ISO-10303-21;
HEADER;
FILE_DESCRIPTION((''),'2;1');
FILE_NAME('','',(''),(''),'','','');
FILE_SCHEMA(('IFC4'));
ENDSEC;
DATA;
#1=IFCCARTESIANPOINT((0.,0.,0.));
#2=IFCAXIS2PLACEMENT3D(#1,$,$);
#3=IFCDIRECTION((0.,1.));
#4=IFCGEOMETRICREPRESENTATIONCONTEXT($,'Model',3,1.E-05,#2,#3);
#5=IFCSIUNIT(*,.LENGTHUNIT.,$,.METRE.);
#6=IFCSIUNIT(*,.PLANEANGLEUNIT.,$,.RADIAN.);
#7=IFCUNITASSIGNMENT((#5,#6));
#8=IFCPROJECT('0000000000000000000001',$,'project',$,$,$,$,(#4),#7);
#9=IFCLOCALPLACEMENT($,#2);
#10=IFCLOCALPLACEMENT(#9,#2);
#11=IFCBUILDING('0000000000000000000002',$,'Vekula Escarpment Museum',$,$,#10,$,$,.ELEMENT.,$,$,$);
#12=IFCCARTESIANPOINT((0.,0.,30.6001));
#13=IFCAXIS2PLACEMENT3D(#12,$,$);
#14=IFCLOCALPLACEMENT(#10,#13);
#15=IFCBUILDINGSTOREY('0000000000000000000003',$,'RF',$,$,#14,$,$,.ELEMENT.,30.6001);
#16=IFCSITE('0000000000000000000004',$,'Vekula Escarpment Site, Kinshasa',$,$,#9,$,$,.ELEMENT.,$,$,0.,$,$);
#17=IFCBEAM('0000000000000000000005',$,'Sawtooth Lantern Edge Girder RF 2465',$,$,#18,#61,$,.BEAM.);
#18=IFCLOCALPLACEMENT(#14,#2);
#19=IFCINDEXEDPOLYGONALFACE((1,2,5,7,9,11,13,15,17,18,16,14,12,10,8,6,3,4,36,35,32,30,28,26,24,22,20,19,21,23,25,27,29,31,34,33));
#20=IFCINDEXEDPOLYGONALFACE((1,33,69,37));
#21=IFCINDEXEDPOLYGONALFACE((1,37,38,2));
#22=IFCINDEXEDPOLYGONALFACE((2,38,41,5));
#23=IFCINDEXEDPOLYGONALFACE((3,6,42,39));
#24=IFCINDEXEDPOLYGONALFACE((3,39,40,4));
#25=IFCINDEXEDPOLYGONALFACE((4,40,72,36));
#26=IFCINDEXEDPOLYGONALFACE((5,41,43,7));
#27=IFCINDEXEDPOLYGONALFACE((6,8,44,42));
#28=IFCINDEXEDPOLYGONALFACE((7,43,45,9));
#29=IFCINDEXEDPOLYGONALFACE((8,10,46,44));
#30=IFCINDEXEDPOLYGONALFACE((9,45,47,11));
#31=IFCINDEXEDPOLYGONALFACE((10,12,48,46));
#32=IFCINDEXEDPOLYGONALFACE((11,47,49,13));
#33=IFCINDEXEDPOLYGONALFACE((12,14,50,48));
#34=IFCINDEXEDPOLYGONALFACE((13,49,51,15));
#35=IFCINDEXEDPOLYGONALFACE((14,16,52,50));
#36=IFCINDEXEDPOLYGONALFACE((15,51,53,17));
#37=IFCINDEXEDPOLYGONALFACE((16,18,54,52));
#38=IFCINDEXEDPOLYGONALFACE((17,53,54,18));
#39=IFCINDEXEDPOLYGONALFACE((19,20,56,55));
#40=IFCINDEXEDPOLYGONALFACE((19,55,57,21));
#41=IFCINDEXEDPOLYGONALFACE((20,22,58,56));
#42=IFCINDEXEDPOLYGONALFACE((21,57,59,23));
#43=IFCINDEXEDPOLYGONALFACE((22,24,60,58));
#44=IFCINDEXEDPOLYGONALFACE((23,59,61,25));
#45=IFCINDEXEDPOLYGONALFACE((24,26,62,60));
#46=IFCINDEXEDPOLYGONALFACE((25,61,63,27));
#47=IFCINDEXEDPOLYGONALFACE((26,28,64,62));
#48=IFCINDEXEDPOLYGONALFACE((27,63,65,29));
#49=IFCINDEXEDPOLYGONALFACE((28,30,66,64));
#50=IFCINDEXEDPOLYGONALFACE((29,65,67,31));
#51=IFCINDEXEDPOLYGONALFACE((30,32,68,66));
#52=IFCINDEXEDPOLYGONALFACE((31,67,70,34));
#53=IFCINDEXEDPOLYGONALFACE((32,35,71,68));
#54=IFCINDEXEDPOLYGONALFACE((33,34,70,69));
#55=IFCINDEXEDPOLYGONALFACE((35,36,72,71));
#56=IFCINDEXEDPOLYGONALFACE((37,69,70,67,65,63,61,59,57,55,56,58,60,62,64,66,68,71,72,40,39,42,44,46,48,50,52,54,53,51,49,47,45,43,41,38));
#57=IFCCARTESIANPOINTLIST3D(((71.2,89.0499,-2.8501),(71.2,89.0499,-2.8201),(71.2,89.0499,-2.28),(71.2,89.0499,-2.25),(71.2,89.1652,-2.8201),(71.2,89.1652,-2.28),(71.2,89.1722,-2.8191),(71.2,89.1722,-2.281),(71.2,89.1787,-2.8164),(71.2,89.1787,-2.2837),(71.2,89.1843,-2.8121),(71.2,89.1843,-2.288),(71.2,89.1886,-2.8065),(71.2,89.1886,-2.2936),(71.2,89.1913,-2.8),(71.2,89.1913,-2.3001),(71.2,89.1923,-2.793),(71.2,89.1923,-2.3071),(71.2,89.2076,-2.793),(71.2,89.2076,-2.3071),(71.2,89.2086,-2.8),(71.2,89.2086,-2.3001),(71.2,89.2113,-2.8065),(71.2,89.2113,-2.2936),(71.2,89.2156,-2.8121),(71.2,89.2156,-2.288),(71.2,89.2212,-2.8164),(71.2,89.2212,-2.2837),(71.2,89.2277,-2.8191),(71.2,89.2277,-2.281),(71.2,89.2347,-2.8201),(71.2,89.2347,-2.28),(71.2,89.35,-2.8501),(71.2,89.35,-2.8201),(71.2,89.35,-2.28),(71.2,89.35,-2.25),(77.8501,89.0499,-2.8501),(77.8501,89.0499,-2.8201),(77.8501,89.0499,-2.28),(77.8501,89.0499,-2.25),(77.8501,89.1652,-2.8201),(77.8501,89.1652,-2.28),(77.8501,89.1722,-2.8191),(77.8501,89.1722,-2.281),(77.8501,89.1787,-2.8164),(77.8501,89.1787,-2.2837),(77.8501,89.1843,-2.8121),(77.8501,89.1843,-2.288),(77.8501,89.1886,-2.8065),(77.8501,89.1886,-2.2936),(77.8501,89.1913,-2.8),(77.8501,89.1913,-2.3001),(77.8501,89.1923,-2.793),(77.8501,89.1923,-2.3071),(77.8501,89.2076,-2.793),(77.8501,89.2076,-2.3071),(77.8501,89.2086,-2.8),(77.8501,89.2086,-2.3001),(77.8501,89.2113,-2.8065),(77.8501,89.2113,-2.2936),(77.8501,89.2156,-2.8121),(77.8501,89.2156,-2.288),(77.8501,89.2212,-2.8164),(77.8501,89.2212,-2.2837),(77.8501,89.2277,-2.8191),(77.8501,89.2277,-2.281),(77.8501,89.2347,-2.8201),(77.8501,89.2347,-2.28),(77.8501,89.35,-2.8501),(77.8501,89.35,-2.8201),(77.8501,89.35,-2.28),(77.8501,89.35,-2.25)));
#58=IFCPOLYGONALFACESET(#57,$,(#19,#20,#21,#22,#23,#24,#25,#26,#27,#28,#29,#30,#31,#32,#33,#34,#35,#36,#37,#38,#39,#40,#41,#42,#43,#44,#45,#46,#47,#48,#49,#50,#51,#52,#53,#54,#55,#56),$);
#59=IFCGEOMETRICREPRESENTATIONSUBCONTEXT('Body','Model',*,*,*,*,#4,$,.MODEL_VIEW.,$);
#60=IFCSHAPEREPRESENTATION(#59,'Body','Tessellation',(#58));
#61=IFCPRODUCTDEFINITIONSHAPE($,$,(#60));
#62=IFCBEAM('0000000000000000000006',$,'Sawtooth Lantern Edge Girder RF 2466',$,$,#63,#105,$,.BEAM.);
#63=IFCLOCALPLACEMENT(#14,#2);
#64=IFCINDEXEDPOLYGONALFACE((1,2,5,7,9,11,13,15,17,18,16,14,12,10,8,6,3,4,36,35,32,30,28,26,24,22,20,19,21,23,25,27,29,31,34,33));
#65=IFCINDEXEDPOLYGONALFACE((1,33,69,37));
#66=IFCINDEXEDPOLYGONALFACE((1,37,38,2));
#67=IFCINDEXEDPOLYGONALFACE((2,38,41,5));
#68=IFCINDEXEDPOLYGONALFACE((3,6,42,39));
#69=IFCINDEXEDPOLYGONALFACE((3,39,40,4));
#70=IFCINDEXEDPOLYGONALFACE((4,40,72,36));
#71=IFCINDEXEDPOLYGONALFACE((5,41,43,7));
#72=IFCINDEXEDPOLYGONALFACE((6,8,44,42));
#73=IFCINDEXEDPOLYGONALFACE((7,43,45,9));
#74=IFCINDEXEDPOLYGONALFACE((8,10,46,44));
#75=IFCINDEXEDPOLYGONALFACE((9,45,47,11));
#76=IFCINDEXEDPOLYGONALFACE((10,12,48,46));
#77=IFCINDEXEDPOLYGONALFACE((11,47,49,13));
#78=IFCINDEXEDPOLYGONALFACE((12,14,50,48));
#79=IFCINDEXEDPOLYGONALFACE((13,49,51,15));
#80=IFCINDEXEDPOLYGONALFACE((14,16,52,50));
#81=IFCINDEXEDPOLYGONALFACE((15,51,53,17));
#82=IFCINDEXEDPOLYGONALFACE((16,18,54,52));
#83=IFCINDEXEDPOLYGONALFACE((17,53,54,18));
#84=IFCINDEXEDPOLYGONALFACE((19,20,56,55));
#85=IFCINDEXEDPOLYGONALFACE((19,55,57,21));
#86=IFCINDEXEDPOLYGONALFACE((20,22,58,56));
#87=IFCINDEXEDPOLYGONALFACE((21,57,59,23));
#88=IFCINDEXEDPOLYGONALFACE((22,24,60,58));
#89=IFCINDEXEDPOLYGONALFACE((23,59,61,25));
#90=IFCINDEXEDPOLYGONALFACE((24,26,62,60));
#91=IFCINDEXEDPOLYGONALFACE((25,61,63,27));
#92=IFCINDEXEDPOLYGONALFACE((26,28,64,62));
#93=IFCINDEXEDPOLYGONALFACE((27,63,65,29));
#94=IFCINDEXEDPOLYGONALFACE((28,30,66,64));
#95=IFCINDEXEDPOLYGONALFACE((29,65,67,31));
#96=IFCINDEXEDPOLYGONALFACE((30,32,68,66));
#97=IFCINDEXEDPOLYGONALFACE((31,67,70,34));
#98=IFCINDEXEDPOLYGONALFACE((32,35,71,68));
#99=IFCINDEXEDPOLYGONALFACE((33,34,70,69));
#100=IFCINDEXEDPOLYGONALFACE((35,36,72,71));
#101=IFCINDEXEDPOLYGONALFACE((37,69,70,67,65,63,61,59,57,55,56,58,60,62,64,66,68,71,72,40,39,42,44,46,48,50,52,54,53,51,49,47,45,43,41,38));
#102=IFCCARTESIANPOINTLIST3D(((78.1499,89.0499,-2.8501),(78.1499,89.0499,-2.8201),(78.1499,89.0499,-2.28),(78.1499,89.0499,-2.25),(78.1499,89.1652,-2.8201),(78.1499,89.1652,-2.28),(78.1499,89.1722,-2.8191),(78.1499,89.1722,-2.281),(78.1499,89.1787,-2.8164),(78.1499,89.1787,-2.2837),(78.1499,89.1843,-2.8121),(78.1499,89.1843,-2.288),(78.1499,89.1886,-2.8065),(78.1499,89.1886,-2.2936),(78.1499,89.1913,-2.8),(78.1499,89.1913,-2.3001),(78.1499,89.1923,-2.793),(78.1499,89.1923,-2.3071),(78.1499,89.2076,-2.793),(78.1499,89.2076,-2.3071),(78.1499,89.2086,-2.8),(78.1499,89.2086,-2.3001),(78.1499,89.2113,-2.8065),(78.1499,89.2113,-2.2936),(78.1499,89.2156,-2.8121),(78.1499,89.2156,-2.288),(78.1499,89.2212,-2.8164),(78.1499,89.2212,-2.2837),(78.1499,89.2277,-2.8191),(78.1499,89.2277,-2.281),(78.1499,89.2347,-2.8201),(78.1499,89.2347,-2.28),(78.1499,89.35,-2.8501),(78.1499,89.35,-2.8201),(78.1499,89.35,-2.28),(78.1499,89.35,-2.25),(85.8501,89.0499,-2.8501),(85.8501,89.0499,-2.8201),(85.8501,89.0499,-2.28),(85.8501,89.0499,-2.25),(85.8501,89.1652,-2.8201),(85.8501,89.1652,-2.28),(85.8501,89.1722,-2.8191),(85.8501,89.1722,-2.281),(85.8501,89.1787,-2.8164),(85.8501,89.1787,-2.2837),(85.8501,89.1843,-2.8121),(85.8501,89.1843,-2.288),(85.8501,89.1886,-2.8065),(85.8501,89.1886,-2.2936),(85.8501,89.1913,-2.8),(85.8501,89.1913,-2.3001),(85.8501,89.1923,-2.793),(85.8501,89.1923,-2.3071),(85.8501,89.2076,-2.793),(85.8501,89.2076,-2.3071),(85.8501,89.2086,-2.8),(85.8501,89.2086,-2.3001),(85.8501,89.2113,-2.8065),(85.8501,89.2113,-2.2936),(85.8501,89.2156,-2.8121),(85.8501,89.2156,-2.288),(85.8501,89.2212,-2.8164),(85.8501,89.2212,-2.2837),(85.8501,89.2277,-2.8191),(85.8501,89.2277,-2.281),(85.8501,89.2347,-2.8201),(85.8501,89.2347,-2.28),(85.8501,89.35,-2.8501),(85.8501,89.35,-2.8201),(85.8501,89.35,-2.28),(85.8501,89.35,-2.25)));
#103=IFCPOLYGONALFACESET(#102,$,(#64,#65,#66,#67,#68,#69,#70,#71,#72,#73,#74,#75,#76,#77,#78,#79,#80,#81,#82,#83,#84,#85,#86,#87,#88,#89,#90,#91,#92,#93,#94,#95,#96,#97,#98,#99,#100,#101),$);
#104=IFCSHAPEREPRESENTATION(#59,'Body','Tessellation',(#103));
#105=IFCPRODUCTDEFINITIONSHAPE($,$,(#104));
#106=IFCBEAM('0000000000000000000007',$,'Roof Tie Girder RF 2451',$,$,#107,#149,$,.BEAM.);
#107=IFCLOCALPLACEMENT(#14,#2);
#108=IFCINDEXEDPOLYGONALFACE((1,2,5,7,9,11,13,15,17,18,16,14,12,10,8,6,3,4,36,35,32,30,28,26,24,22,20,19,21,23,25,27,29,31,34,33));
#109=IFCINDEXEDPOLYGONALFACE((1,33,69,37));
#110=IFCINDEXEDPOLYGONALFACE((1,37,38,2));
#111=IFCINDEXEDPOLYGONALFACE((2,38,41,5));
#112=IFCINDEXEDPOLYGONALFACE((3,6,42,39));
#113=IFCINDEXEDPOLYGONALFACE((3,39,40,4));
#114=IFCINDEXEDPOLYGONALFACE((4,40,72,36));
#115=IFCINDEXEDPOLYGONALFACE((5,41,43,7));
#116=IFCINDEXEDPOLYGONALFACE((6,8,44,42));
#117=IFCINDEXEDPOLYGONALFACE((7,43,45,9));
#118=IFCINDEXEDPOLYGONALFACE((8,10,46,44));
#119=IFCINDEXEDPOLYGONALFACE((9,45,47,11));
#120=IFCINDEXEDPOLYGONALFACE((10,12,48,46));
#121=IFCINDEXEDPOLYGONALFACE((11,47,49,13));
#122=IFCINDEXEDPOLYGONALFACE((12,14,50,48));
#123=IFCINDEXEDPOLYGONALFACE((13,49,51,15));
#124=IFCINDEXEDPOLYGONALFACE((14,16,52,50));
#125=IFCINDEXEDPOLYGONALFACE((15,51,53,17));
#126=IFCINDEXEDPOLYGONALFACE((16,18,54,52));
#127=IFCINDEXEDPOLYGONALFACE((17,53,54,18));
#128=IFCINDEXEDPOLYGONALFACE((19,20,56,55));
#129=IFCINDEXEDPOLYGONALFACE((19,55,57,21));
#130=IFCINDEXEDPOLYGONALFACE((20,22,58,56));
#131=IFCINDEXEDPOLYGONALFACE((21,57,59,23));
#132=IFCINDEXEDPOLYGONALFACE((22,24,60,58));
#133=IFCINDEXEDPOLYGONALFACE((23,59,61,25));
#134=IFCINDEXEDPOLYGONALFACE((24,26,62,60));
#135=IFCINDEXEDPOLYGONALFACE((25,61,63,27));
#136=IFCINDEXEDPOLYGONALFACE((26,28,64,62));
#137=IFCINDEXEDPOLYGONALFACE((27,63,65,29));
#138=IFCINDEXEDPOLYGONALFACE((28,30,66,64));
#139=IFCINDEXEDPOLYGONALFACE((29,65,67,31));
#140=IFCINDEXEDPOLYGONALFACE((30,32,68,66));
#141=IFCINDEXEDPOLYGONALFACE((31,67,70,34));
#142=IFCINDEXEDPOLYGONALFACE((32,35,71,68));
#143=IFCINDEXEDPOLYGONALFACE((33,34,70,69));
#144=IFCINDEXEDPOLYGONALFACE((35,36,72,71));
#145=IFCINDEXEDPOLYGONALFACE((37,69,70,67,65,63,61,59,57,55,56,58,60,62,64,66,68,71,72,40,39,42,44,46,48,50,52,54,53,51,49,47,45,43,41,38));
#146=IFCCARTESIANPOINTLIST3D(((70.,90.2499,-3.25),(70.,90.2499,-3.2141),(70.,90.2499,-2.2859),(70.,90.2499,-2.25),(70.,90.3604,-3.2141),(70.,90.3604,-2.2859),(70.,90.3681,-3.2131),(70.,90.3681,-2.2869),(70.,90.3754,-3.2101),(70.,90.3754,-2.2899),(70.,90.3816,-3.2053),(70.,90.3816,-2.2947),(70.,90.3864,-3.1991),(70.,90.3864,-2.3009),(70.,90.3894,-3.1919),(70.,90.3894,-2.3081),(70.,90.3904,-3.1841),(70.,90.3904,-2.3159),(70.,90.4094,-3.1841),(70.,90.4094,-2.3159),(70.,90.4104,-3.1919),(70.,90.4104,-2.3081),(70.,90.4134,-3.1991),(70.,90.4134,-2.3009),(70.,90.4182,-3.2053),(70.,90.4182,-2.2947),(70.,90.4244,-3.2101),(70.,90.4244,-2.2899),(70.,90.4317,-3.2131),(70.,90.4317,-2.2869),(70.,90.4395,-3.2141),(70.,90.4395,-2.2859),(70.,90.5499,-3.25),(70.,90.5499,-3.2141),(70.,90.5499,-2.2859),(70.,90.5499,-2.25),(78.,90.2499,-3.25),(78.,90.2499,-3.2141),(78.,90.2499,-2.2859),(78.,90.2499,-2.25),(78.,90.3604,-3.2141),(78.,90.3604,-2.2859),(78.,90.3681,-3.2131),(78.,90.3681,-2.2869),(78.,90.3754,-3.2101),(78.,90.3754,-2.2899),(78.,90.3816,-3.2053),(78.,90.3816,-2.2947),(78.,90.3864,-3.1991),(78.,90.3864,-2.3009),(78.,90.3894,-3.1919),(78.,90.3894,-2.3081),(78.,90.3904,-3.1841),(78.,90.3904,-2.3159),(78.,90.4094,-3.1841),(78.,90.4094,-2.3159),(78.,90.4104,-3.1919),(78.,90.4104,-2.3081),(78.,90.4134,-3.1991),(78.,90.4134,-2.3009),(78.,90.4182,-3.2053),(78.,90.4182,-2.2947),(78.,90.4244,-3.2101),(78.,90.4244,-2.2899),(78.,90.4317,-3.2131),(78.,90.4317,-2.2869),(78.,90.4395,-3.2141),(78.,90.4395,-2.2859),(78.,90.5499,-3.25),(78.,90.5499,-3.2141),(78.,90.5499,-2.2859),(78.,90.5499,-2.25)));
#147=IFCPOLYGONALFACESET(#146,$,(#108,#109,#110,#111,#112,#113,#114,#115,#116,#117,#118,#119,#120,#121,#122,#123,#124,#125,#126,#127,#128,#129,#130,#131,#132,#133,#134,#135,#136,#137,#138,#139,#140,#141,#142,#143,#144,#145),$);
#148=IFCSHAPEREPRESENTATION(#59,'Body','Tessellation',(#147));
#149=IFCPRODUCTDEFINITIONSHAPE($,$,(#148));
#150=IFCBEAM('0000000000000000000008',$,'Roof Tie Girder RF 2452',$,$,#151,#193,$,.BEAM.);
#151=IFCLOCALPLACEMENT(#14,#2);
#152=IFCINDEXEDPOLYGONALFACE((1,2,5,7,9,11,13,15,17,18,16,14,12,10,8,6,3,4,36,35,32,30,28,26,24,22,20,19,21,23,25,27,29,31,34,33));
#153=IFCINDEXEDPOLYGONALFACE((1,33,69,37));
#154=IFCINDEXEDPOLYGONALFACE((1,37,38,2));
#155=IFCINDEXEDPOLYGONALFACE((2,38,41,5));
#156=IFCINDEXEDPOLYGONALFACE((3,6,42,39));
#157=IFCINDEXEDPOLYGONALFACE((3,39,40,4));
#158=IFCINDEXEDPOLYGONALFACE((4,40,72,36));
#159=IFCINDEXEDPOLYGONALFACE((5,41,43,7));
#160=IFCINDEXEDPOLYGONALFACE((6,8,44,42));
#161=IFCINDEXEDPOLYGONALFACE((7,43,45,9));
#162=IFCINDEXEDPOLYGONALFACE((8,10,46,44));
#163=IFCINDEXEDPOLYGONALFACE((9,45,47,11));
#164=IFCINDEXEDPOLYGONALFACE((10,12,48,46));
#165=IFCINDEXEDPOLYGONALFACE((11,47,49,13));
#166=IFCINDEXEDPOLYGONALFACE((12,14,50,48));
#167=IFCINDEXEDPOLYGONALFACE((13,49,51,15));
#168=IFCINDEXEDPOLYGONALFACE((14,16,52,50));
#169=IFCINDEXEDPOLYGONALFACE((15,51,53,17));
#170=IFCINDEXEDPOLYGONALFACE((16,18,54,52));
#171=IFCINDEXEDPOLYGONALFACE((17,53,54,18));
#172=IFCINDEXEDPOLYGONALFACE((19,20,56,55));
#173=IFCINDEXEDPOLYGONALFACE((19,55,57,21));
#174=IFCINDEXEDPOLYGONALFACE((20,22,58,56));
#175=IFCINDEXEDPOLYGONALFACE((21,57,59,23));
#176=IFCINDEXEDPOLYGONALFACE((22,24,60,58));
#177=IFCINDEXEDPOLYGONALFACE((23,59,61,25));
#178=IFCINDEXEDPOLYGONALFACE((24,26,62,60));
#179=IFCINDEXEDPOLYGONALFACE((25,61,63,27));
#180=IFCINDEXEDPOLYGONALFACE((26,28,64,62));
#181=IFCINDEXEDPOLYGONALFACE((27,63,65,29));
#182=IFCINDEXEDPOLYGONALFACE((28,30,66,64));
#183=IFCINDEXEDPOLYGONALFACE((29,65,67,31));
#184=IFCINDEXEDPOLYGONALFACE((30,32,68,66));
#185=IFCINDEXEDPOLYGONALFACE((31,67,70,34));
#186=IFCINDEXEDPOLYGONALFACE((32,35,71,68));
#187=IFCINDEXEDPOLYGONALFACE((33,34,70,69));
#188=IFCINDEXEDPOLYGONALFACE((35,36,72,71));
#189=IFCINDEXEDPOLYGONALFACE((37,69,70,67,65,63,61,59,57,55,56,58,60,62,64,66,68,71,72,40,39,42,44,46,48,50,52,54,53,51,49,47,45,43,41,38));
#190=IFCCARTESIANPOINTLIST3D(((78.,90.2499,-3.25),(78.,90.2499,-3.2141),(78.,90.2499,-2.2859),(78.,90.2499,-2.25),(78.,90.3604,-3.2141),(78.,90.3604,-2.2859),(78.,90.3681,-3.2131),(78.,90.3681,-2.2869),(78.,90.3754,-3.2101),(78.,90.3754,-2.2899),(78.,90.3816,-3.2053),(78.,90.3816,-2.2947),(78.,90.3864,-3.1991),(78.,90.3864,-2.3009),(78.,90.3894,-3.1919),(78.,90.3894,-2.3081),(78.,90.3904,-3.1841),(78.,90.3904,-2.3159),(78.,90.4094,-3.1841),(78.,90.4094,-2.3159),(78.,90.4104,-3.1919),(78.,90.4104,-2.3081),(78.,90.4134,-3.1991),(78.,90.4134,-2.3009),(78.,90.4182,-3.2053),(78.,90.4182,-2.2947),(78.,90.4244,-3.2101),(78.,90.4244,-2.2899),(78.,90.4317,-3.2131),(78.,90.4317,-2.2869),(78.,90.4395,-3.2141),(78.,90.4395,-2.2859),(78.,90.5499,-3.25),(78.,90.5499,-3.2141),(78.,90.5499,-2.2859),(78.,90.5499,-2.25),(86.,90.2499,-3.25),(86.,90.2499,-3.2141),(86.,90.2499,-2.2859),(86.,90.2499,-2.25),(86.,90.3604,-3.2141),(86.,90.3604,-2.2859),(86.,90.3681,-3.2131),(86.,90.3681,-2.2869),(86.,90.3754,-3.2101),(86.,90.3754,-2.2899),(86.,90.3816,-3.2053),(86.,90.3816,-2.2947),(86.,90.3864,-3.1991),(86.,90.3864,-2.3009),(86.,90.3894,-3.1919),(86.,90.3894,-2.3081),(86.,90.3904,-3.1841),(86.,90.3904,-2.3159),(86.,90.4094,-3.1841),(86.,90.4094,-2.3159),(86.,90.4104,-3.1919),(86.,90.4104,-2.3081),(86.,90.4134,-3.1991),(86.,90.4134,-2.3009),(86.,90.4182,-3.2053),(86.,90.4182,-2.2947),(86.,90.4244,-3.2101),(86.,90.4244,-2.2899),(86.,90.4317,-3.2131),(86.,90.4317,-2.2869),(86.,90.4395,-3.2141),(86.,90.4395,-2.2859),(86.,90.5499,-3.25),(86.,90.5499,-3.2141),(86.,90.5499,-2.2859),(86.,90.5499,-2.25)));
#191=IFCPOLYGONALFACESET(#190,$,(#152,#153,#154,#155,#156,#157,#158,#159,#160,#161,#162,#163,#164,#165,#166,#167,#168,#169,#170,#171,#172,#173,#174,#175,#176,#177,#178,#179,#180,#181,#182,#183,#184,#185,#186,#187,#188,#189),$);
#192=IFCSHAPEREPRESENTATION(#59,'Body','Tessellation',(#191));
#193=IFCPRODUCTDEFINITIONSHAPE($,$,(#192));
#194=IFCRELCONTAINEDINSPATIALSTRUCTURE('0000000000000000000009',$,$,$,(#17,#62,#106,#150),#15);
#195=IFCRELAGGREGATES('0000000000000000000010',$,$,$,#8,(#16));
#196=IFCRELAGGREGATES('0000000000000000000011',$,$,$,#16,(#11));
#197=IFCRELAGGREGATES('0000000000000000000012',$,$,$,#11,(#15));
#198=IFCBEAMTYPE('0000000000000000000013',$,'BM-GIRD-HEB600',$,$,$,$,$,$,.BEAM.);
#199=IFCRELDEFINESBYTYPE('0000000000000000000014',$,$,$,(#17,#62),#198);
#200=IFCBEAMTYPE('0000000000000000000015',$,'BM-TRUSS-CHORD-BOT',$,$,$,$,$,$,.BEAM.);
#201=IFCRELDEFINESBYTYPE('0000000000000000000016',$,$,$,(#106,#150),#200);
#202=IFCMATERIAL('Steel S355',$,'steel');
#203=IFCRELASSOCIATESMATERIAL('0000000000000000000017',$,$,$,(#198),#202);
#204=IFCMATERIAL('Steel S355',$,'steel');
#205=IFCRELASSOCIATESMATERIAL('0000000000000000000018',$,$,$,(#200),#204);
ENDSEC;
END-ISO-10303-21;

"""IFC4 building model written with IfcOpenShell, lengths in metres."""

from ifc_helpers import new_model, si_unit, direction, frame, origin, origin_2d, place, context, subcontext, project, spatial, i_section, extrude, material, material_profile, profile_set, type_object, element, save


model = new_model("IFC4")

# Units and contexts
model_context = context("Model", 3, precision=1e-05, world=origin(), true_north=direction((0.0, 1.0)))
body_context = subcontext(model_context, "Body", "Model", "MODEL_VIEW")
ifc_project = project(units=[si_unit("LENGTHUNIT", "METRE"), si_unit("PLANEANGLEUNIT", "RADIAN")], contexts=[model_context])

# Site, building, storey
site_placement = place(None, origin())
site = spatial("IfcSite", under=ifc_project, at=site_placement, Name="Vekula Escarpment Site, Kinshasa", CompositionType="ELEMENT", RefElevation=0.0)
building_placement = place(site_placement, origin())
building = spatial("IfcBuilding", under=site, at=building_placement, Name="Vekula Escarpment Museum", CompositionType="ELEMENT")
storey_placement = place(building_placement, frame((0.0, 0.0, 30.6001)))
storey = spatial("IfcBuildingStorey", under=building, at=storey_placement, Name="RF", CompositionType="ELEMENT", Elevation=30.6001)

# Beams
ifc_material_1 = material(Name="Steel S355", Category="steel")
ifc_material_profile_1 = material_profile(ifc_material_1, i_section(OverallWidth=0.3, OverallDepth=0.6001, WebThickness=0.0154, FlangeThickness=0.03, FilletRadius=0.0271, at=origin_2d()), Name="HEB 600")
ifc_profile_set_1 = profile_set([ifc_material_profile_1], Name="Steel S355")
beam_type_1 = type_object("IfcBeamType", Name="BM-GIRD-HEB600", PredefinedType="BEAM", material=ifc_profile_set_1)
beam_1_placement = place(storey_placement, frame((71.2, 89.2, -2.55), z_axis=(1.0, 0.0, 0.0), x_axis=(0.0, 1.0, 0.0)))
element("IfcBeam", 1, at=beam_1_placement, inside=storey, type_object=beam_type_1, Name="Sawtooth Lantern Edge Girder RF 2465", PredefinedType="BEAM", context=body_context, shape_type="SweptSolid", body=[
    extrude(i_section(OverallWidth=0.3, OverallDepth=0.6001, WebThickness=0.0154, FlangeThickness=0.03, FilletRadius=0.0271, at=origin_2d()), origin(), (0.0, 0.0, 1.0), 6.6501),
])
beam_2_placement = place(storey_placement, frame((78.1499, 89.2, -2.55), z_axis=(1.0, 0.0, 0.0), x_axis=(0.0, 1.0, 0.0)))
element("IfcBeam", 2, at=beam_2_placement, inside=storey, type_object=beam_type_1, Name="Sawtooth Lantern Edge Girder RF 2466", PredefinedType="BEAM", context=body_context, shape_type="SweptSolid", body=[
    extrude(i_section(OverallWidth=0.3, OverallDepth=0.6001, WebThickness=0.0154, FlangeThickness=0.03, FilletRadius=0.0271, at=origin_2d()), origin(), (0.0, 0.0, 1.0), 7.7002),
])
ifc_material_2 = material(Name="Steel S355", Category="steel")
ifc_material_profile_2 = material_profile(ifc_material_2, i_section(OverallWidth=0.3, OverallDepth=1.0, WebThickness=0.019, FlangeThickness=0.0359, FilletRadius=0.03, at=origin_2d()), Name="HEB 1000")
ifc_profile_set_2 = profile_set([ifc_material_profile_2], Name="Steel S355")
beam_type_2 = type_object("IfcBeamType", Name="BM-TRUSS-CHORD-BOT", PredefinedType="BEAM", material=ifc_profile_set_2)
for number, where, z_axis, x_axis, name in (
    (3, (70.0, 90.3999, -2.75), (1.0, 0.0, 0.0), (0.0, 1.0, 0.0), "Roof Tie Girder RF 2451"),
    (4, (78.0, 90.3999, -2.75), (1.0, 0.0, 0.0), (0.0, 1.0, 0.0), "Roof Tie Girder RF 2452"),
):
    element("IfcBeam", number, at=place(storey_placement, frame(where, z_axis=z_axis, x_axis=x_axis)), inside=storey, type_object=beam_type_2, Name=name, PredefinedType="BEAM", context=body_context, shape_type="SweptSolid", body=[
        extrude(i_section(OverallWidth=0.3, OverallDepth=1.0, WebThickness=0.019, FlangeThickness=0.0359, FilletRadius=0.03, at=origin_2d()), origin(), (0.0, 0.0, 1.0), 8.0),
    ])

save(model, "model.ifc")
